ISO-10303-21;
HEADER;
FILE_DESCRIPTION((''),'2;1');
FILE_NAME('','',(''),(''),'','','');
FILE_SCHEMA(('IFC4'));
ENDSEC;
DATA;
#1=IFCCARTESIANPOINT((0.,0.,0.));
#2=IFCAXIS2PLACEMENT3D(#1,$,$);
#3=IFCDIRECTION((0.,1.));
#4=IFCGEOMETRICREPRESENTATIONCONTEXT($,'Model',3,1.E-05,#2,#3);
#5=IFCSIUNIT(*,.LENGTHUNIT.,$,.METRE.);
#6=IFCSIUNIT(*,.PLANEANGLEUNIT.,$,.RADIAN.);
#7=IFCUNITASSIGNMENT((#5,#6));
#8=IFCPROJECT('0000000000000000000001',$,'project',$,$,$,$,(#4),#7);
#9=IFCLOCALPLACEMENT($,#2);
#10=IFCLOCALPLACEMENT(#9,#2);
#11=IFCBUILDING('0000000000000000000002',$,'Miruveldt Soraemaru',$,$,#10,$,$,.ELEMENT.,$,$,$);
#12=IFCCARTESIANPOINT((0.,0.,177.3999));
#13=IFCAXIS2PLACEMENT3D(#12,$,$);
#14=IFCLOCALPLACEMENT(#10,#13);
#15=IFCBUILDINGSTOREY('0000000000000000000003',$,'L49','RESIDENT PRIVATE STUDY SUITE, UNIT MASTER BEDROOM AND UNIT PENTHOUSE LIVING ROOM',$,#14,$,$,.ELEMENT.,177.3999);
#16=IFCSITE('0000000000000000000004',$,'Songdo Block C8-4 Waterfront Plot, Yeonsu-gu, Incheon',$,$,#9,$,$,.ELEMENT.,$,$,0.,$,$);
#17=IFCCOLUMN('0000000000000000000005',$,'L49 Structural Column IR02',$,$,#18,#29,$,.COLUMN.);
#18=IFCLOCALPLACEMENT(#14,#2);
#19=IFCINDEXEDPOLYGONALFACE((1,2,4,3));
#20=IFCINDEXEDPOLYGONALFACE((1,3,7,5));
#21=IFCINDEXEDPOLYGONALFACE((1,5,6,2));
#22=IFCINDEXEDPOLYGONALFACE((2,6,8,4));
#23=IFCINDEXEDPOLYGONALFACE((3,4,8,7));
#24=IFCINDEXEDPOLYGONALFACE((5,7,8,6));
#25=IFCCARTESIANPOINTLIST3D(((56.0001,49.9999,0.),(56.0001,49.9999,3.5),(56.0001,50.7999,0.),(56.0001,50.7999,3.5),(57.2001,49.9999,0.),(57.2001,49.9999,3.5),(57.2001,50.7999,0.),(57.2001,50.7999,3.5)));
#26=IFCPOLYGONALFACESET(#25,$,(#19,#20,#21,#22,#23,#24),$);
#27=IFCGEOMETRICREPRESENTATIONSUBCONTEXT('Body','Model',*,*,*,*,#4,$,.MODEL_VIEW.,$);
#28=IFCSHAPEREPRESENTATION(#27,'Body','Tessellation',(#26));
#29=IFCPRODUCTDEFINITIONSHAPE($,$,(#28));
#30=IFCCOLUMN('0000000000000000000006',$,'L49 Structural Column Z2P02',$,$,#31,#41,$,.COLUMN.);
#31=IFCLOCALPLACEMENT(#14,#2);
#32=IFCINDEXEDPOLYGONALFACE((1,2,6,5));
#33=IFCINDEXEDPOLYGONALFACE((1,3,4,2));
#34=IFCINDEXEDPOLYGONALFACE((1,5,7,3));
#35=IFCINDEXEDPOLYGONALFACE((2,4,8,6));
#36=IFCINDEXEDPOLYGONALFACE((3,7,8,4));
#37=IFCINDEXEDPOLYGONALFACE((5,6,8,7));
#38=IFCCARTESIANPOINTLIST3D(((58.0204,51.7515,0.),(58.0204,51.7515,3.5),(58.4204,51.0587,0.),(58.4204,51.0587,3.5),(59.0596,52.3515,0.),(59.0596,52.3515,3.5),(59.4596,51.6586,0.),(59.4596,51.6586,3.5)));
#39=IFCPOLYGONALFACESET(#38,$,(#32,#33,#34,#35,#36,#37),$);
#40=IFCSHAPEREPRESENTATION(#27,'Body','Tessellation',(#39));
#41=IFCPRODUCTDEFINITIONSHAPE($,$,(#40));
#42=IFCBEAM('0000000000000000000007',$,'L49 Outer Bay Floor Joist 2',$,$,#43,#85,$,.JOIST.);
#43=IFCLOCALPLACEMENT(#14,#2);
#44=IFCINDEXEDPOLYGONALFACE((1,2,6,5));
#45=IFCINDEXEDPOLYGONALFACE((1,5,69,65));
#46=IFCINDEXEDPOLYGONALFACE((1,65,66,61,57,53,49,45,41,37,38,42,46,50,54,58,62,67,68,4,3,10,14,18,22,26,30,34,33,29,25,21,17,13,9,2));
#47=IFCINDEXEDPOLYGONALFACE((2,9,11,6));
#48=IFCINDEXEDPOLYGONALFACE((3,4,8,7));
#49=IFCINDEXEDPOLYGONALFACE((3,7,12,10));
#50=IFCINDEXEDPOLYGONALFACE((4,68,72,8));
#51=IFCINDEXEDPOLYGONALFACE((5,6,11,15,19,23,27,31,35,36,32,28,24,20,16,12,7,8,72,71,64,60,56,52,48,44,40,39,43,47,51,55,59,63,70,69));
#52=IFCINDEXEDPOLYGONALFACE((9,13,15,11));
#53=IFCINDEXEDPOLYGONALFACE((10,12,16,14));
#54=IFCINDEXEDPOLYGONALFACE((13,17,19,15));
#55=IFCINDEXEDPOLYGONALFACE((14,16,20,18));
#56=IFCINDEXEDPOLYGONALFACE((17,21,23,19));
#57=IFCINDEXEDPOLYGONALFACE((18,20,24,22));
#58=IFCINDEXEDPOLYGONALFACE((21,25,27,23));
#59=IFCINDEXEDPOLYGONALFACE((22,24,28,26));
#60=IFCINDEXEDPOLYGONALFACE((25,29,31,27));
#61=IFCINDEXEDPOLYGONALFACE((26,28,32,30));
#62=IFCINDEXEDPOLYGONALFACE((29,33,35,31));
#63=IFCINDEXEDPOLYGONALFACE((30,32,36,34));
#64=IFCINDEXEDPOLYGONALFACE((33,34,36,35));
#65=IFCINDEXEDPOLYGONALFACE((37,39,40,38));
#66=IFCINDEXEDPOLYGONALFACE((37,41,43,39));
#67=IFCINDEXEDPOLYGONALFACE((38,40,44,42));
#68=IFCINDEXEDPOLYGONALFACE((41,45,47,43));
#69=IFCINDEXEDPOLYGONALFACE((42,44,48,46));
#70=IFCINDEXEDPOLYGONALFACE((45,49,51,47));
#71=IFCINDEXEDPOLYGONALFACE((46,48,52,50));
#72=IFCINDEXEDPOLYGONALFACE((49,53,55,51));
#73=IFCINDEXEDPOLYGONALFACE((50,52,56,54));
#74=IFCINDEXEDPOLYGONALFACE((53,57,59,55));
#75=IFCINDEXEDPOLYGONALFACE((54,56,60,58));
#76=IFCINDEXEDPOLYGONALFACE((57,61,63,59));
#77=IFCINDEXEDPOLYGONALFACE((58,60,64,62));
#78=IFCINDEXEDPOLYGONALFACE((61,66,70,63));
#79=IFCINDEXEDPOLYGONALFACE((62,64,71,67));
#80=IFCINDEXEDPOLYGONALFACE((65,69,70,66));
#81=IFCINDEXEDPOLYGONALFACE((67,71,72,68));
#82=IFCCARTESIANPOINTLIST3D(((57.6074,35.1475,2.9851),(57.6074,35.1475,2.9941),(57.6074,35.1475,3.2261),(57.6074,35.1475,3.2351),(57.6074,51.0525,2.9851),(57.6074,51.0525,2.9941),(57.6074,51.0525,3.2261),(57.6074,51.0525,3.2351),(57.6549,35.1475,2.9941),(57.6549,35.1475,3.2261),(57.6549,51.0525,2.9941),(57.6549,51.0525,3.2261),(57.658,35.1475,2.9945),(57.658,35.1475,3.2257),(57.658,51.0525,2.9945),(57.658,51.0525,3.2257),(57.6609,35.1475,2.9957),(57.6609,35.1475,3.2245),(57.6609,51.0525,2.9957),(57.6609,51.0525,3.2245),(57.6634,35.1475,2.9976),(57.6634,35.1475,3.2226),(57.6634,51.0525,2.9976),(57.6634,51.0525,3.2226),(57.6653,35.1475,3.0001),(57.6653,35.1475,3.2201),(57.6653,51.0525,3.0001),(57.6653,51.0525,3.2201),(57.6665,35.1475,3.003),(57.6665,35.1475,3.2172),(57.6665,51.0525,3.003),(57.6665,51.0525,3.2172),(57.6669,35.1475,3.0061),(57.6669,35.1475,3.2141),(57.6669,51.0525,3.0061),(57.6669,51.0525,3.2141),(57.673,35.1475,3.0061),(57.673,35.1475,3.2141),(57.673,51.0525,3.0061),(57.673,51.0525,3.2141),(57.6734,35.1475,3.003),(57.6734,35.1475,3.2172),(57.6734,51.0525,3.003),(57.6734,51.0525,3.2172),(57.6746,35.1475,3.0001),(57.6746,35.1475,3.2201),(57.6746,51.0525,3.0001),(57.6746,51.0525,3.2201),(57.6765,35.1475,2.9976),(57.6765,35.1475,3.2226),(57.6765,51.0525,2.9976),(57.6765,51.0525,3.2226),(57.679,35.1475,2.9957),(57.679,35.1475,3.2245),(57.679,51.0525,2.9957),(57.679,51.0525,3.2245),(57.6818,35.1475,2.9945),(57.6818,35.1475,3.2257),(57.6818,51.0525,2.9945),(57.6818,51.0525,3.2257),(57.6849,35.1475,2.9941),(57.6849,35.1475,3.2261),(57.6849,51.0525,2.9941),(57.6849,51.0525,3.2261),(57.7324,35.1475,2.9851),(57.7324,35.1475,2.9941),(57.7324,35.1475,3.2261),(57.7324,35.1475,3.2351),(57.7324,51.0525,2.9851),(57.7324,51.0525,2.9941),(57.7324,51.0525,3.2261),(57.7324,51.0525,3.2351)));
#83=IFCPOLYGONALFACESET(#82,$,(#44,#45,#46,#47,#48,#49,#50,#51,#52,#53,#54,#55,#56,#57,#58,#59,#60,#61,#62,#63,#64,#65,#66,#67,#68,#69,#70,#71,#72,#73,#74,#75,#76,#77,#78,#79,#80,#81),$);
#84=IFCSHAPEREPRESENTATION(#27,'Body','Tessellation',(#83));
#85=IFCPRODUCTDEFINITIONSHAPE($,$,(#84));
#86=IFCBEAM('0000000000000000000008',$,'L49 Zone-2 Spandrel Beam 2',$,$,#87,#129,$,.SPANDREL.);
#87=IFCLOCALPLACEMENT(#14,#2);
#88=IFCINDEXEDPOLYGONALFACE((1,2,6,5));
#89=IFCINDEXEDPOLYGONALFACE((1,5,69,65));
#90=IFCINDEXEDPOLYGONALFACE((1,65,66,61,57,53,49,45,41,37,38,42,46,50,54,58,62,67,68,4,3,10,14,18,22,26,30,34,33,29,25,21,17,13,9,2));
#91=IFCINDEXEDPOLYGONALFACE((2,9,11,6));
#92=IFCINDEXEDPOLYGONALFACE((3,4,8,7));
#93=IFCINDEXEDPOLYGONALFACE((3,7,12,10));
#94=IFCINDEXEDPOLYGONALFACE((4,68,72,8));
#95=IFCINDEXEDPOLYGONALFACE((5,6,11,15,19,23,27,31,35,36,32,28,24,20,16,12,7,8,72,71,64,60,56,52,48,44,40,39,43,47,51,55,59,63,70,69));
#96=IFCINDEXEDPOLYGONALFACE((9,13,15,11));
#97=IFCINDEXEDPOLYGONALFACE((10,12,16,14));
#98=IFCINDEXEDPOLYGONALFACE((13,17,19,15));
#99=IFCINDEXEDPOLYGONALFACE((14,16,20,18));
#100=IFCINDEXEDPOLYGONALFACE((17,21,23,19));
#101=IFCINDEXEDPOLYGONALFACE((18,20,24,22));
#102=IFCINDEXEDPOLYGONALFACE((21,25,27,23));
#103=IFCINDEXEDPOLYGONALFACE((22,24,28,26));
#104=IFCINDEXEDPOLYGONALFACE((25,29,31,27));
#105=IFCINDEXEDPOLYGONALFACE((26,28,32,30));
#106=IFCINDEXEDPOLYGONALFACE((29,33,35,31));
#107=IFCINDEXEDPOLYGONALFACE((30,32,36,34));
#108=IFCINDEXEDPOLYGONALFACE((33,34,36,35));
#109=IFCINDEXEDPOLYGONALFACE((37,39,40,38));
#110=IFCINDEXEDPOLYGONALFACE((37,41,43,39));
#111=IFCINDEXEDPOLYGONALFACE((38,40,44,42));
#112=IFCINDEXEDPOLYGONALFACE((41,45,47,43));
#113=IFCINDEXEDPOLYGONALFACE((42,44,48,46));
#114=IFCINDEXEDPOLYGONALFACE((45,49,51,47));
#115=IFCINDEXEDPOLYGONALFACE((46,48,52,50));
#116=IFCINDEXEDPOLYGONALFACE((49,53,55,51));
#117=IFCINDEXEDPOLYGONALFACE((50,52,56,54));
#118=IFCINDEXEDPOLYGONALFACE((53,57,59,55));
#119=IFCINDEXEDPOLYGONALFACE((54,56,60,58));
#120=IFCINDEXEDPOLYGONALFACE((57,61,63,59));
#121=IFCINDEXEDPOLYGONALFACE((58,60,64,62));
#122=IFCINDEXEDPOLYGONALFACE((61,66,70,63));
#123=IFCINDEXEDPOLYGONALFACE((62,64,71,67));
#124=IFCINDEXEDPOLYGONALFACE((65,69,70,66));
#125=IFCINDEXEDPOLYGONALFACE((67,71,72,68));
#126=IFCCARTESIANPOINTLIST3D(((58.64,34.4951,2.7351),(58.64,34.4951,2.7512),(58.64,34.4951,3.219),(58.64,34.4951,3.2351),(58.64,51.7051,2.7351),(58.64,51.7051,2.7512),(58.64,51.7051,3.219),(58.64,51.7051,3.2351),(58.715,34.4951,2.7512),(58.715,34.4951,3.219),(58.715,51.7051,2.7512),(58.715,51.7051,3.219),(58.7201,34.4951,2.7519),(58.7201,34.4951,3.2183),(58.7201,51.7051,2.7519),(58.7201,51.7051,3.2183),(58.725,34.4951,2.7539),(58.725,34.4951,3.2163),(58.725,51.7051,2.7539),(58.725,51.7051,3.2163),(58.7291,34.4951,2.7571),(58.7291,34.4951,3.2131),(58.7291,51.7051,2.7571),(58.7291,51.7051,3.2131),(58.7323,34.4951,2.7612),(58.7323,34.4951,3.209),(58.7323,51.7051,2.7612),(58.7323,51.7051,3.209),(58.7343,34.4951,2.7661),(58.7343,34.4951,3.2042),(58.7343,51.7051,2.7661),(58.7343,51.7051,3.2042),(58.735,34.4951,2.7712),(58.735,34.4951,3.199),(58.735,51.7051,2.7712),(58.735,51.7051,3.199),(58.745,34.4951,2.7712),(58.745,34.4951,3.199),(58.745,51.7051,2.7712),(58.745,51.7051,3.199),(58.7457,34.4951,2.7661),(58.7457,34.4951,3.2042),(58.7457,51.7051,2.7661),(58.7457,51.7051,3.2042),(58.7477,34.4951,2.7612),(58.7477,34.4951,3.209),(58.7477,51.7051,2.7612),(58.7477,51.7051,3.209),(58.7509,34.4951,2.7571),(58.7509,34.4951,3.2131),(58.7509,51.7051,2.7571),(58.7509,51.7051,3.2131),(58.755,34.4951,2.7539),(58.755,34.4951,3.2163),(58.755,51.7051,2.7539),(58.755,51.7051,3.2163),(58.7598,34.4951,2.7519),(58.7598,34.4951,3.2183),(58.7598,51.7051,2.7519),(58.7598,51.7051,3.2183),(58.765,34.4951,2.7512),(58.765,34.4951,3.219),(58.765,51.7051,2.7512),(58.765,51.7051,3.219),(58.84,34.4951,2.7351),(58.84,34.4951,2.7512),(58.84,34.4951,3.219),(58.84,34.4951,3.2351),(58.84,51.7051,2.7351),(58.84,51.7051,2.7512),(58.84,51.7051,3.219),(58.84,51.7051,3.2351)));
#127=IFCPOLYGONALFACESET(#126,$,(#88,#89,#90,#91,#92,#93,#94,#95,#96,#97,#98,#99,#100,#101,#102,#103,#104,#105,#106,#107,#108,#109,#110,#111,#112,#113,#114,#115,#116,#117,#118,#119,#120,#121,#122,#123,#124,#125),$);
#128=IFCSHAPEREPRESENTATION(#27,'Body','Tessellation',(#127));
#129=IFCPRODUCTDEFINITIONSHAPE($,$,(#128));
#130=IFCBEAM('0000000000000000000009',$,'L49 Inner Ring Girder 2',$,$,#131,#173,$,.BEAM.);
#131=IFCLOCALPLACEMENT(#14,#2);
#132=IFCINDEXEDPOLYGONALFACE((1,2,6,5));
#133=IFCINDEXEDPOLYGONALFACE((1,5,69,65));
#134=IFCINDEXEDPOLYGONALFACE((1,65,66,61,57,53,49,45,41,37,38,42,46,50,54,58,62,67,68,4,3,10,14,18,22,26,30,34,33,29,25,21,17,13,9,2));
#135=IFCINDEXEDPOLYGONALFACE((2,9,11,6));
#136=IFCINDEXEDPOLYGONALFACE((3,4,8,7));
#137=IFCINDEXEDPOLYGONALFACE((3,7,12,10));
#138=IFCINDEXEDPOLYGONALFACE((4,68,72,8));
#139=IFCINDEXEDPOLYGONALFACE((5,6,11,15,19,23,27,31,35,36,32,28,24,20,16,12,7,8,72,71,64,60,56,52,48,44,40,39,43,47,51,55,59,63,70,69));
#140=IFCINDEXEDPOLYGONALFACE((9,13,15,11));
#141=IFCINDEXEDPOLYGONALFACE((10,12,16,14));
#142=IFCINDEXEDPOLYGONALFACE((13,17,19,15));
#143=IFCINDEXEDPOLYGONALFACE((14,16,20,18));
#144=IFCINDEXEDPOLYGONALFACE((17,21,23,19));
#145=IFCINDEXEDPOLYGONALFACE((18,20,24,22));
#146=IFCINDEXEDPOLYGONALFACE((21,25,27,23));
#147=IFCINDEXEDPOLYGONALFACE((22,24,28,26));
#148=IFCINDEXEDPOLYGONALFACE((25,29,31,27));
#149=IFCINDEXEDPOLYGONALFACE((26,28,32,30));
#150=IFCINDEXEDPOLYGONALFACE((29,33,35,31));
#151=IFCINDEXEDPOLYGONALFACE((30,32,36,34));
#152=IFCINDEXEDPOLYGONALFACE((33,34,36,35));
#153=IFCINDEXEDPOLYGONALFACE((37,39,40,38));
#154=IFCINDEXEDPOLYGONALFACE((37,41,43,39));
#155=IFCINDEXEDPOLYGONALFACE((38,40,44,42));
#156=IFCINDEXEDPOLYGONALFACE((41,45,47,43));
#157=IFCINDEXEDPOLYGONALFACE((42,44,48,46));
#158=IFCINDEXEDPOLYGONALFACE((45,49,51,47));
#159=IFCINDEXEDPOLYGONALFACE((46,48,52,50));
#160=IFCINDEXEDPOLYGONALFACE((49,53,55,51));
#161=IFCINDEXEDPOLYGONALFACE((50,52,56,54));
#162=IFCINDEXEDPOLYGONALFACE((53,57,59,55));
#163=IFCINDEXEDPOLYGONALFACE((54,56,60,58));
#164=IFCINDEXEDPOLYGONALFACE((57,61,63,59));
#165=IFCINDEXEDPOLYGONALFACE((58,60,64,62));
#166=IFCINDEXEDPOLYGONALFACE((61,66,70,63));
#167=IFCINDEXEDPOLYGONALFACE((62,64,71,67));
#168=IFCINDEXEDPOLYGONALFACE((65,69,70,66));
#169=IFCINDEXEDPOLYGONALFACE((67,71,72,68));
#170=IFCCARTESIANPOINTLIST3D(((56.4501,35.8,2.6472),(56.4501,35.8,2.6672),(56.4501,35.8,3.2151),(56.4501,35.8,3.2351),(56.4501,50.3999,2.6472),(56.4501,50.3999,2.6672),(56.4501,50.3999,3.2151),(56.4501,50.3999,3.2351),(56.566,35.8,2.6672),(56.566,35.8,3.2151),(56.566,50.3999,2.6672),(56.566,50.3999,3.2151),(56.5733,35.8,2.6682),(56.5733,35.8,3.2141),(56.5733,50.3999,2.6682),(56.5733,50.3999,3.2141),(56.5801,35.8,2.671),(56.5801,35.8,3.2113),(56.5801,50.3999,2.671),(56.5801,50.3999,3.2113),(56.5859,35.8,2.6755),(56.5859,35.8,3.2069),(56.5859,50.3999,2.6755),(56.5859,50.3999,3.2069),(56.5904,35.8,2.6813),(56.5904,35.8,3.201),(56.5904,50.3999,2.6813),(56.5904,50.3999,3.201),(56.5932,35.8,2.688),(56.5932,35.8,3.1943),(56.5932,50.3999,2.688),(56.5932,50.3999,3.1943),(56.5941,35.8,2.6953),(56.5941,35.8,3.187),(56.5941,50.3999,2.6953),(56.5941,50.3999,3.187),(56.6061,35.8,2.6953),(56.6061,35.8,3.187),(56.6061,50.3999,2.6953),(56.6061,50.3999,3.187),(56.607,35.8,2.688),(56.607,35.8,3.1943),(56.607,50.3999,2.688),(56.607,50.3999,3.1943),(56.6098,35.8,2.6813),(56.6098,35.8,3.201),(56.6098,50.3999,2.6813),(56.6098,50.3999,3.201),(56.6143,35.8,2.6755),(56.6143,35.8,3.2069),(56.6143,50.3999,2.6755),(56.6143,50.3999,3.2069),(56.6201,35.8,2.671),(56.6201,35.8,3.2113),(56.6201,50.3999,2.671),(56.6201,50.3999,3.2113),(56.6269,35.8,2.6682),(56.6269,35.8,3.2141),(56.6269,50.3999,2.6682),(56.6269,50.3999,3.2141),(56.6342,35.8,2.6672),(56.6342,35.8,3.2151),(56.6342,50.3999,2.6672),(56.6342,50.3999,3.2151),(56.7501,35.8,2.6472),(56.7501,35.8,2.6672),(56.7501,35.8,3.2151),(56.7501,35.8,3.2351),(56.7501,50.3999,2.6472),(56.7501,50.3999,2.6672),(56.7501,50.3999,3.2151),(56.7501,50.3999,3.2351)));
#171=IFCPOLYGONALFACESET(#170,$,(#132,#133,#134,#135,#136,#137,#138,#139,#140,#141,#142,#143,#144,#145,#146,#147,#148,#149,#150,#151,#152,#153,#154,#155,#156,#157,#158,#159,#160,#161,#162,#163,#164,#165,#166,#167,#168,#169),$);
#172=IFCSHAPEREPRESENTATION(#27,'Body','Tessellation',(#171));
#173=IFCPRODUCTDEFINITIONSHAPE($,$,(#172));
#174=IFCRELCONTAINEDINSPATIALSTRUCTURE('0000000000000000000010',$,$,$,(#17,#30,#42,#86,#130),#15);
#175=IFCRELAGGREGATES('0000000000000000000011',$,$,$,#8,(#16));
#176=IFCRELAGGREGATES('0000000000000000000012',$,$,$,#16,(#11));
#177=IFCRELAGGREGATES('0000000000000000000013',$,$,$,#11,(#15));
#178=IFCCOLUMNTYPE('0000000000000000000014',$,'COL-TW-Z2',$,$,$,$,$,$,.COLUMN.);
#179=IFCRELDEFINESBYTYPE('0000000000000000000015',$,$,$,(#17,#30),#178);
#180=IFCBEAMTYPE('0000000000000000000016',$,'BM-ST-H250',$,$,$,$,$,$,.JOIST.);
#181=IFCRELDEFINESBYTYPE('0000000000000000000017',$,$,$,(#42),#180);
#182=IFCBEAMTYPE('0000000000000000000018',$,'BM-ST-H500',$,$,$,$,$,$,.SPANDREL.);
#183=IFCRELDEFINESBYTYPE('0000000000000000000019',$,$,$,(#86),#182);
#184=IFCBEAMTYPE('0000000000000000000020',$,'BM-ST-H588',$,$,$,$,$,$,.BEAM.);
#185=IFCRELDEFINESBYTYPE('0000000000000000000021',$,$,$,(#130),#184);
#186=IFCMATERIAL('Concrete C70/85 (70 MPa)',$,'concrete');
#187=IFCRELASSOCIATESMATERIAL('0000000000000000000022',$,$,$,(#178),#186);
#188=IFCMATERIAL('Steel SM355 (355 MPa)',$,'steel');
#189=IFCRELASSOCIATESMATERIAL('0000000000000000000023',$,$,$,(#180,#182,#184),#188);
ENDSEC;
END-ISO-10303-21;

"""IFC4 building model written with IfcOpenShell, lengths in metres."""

from ifc_helpers import new_model, si_unit, direction, frame, origin, origin_2d, place, context, subcontext, project, spatial, rectangle, i_section, extrude, material, material_profile, profile_set, type_object, element, save


model = new_model("IFC4")

# Units and contexts
model_context = context("Model", 3, precision=1e-05, world=origin(), true_north=direction((0.0, 1.0)))
body_context = subcontext(model_context, "Body", "Model", "MODEL_VIEW")
ifc_project = project(units=[si_unit("LENGTHUNIT", "METRE"), si_unit("PLANEANGLEUNIT", "RADIAN")], contexts=[model_context])

# Site, building, storey
site_placement = place(None, origin())
site = spatial("IfcSite", under=ifc_project, at=site_placement, Name="Songdo Block C8-4 Waterfront Plot, Yeonsu-gu, Incheon", CompositionType="ELEMENT", RefElevation=0.0)
building_placement = place(site_placement, origin())
building = spatial("IfcBuilding", under=site, at=building_placement, Name="Miruveldt Soraemaru", CompositionType="ELEMENT")
storey_placement = place(building_placement, frame((0.0, 0.0, 177.3999)))
storey = spatial("IfcBuildingStorey", under=building, at=storey_placement, Name="L49", Description="RESIDENT PRIVATE STUDY SUITE, UNIT MASTER BEDROOM AND UNIT PENTHOUSE LIVING ROOM", CompositionType="ELEMENT", Elevation=177.3999)

# Columns
ifc_material_1 = material(Name="Concrete C70/85 (70 MPa)", Category="concrete")
ifc_material_profile_1 = material_profile(ifc_material_1, rectangle(XDim=1.2, YDim=0.8, at=origin_2d()), Name="Concrete C70/85 (70 MPa)", Category="concrete")
ifc_profile_set_1 = profile_set([ifc_material_profile_1], Name="Concrete C70/85 (70 MPa)")
column_type = type_object("IfcColumnType", Name="COL-TW-Z2", PredefinedType="COLUMN", material=ifc_profile_set_1)
for number, where, z_axis, x_axis, name in (
    (1, (56.6001, 50.3999, 0.0), (0.0, 0.0, 1.0), (1.0, 0.0, 0.0), "L49 Structural Column IR02"),
    (2, (58.74, 51.7051, 0.0), (0.0, 0.0, 1.0), (0.866025, 0.5, 0.0), "L49 Structural Column Z2P02"),
):
    element("IfcColumn", number, at=place(storey_placement, frame(where, z_axis=z_axis, x_axis=x_axis)), inside=storey, type_object=column_type, Name=name, PredefinedType="COLUMN", context=body_context, shape_type="SweptSolid", body=[
        extrude(rectangle(XDim=1.2, YDim=0.8, at=origin_2d()), origin(), (0.0, 0.0, 1.0), 3.5),
    ])

# Beams
ifc_material_2 = material(Name="Steel SM355 (355 MPa)", Category="steel")
ifc_material_profile_2 = material_profile(ifc_material_2, i_section(OverallWidth=0.125, OverallDepth=0.25, WebThickness=0.0061, FlangeThickness=0.009, FilletRadius=0.012, at=origin_2d()), Name="Steel SM355 (355 MPa)", Category="steel")
ifc_profile_set_2 = profile_set([ifc_material_profile_2], Name="Steel SM355 (355 MPa)")
beam_type_1 = type_object("IfcBeamType", Name="BM-ST-H250", PredefinedType="JOIST", material=ifc_profile_set_2)
beam_1_placement = place(storey_placement, frame((57.6699, 51.0525, 3.1101), z_axis=(0.0, -1.0, 0.0), x_axis=(1.0, 0.0, 0.0)))
element("IfcBeam", 3, at=beam_1_placement, inside=storey, type_object=beam_type_1, Name="L49 Outer Bay Floor Joist 2", PredefinedType="JOIST", context=body_context, shape_type="SweptSolid", body=[
    extrude(i_section(OverallWidth=0.125, OverallDepth=0.25, WebThickness=0.0061, FlangeThickness=0.009, FilletRadius=0.012, at=origin_2d()), origin(), (0.0, 0.0, 1.0), 15.905),
])
ifc_material_profile_3 = material_profile(ifc_material_2, i_section(OverallWidth=0.2, OverallDepth=0.5, WebThickness=0.01, FlangeThickness=0.0161, FilletRadius=0.02, at=origin_2d()), Name="Steel SM355 (355 MPa)", Category="steel")
ifc_profile_set_3 = profile_set([ifc_material_profile_3], Name="Steel SM355 (355 MPa)")
beam_type_2 = type_object("IfcBeamType", Name="BM-ST-H500", PredefinedType="SPANDREL", material=ifc_profile_set_3)
beam_2_placement = place(storey_placement, frame((58.74, 51.7051, 2.9851), z_axis=(0.0, -1.0, 0.0), x_axis=(1.0, 0.0, 0.0)))
element("IfcBeam", 4, at=beam_2_placement, inside=storey, type_object=beam_type_2, Name="L49 Zone-2 Spandrel Beam 2", PredefinedType="SPANDREL", context=body_context, shape_type="SweptSolid", body=[
    extrude(i_section(OverallWidth=0.2, OverallDepth=0.5, WebThickness=0.01, FlangeThickness=0.0161, FilletRadius=0.02, at=origin_2d()), origin(), (0.0, 0.0, 1.0), 17.21),
])
ifc_material_profile_4 = material_profile(ifc_material_2, i_section(OverallWidth=0.3, OverallDepth=0.5879, WebThickness=0.012, FlangeThickness=0.02, FilletRadius=0.0281, at=origin_2d()), Name="Steel SM355 (355 MPa)", Category="steel")
ifc_profile_set_4 = profile_set([ifc_material_profile_4], Name="Steel SM355 (355 MPa)")
beam_type_3 = type_object("IfcBeamType", Name="BM-ST-H588", PredefinedType="BEAM", material=ifc_profile_set_4)
beam_3_placement = place(storey_placement, frame((56.6001, 50.3999, 2.9412), z_axis=(0.0, -1.0, 0.0), x_axis=(1.0, 0.0, 0.0)))
element("IfcBeam", 5, at=beam_3_placement, inside=storey, type_object=beam_type_3, Name="L49 Inner Ring Girder 2", PredefinedType="BEAM", context=body_context, shape_type="SweptSolid", body=[
    extrude(i_section(OverallWidth=0.3, OverallDepth=0.5879, WebThickness=0.012, FlangeThickness=0.02, FilletRadius=0.0281, at=origin_2d()), origin(), (0.0, 0.0, 1.0), 14.5999),
])

save(model, "model.ifc")
